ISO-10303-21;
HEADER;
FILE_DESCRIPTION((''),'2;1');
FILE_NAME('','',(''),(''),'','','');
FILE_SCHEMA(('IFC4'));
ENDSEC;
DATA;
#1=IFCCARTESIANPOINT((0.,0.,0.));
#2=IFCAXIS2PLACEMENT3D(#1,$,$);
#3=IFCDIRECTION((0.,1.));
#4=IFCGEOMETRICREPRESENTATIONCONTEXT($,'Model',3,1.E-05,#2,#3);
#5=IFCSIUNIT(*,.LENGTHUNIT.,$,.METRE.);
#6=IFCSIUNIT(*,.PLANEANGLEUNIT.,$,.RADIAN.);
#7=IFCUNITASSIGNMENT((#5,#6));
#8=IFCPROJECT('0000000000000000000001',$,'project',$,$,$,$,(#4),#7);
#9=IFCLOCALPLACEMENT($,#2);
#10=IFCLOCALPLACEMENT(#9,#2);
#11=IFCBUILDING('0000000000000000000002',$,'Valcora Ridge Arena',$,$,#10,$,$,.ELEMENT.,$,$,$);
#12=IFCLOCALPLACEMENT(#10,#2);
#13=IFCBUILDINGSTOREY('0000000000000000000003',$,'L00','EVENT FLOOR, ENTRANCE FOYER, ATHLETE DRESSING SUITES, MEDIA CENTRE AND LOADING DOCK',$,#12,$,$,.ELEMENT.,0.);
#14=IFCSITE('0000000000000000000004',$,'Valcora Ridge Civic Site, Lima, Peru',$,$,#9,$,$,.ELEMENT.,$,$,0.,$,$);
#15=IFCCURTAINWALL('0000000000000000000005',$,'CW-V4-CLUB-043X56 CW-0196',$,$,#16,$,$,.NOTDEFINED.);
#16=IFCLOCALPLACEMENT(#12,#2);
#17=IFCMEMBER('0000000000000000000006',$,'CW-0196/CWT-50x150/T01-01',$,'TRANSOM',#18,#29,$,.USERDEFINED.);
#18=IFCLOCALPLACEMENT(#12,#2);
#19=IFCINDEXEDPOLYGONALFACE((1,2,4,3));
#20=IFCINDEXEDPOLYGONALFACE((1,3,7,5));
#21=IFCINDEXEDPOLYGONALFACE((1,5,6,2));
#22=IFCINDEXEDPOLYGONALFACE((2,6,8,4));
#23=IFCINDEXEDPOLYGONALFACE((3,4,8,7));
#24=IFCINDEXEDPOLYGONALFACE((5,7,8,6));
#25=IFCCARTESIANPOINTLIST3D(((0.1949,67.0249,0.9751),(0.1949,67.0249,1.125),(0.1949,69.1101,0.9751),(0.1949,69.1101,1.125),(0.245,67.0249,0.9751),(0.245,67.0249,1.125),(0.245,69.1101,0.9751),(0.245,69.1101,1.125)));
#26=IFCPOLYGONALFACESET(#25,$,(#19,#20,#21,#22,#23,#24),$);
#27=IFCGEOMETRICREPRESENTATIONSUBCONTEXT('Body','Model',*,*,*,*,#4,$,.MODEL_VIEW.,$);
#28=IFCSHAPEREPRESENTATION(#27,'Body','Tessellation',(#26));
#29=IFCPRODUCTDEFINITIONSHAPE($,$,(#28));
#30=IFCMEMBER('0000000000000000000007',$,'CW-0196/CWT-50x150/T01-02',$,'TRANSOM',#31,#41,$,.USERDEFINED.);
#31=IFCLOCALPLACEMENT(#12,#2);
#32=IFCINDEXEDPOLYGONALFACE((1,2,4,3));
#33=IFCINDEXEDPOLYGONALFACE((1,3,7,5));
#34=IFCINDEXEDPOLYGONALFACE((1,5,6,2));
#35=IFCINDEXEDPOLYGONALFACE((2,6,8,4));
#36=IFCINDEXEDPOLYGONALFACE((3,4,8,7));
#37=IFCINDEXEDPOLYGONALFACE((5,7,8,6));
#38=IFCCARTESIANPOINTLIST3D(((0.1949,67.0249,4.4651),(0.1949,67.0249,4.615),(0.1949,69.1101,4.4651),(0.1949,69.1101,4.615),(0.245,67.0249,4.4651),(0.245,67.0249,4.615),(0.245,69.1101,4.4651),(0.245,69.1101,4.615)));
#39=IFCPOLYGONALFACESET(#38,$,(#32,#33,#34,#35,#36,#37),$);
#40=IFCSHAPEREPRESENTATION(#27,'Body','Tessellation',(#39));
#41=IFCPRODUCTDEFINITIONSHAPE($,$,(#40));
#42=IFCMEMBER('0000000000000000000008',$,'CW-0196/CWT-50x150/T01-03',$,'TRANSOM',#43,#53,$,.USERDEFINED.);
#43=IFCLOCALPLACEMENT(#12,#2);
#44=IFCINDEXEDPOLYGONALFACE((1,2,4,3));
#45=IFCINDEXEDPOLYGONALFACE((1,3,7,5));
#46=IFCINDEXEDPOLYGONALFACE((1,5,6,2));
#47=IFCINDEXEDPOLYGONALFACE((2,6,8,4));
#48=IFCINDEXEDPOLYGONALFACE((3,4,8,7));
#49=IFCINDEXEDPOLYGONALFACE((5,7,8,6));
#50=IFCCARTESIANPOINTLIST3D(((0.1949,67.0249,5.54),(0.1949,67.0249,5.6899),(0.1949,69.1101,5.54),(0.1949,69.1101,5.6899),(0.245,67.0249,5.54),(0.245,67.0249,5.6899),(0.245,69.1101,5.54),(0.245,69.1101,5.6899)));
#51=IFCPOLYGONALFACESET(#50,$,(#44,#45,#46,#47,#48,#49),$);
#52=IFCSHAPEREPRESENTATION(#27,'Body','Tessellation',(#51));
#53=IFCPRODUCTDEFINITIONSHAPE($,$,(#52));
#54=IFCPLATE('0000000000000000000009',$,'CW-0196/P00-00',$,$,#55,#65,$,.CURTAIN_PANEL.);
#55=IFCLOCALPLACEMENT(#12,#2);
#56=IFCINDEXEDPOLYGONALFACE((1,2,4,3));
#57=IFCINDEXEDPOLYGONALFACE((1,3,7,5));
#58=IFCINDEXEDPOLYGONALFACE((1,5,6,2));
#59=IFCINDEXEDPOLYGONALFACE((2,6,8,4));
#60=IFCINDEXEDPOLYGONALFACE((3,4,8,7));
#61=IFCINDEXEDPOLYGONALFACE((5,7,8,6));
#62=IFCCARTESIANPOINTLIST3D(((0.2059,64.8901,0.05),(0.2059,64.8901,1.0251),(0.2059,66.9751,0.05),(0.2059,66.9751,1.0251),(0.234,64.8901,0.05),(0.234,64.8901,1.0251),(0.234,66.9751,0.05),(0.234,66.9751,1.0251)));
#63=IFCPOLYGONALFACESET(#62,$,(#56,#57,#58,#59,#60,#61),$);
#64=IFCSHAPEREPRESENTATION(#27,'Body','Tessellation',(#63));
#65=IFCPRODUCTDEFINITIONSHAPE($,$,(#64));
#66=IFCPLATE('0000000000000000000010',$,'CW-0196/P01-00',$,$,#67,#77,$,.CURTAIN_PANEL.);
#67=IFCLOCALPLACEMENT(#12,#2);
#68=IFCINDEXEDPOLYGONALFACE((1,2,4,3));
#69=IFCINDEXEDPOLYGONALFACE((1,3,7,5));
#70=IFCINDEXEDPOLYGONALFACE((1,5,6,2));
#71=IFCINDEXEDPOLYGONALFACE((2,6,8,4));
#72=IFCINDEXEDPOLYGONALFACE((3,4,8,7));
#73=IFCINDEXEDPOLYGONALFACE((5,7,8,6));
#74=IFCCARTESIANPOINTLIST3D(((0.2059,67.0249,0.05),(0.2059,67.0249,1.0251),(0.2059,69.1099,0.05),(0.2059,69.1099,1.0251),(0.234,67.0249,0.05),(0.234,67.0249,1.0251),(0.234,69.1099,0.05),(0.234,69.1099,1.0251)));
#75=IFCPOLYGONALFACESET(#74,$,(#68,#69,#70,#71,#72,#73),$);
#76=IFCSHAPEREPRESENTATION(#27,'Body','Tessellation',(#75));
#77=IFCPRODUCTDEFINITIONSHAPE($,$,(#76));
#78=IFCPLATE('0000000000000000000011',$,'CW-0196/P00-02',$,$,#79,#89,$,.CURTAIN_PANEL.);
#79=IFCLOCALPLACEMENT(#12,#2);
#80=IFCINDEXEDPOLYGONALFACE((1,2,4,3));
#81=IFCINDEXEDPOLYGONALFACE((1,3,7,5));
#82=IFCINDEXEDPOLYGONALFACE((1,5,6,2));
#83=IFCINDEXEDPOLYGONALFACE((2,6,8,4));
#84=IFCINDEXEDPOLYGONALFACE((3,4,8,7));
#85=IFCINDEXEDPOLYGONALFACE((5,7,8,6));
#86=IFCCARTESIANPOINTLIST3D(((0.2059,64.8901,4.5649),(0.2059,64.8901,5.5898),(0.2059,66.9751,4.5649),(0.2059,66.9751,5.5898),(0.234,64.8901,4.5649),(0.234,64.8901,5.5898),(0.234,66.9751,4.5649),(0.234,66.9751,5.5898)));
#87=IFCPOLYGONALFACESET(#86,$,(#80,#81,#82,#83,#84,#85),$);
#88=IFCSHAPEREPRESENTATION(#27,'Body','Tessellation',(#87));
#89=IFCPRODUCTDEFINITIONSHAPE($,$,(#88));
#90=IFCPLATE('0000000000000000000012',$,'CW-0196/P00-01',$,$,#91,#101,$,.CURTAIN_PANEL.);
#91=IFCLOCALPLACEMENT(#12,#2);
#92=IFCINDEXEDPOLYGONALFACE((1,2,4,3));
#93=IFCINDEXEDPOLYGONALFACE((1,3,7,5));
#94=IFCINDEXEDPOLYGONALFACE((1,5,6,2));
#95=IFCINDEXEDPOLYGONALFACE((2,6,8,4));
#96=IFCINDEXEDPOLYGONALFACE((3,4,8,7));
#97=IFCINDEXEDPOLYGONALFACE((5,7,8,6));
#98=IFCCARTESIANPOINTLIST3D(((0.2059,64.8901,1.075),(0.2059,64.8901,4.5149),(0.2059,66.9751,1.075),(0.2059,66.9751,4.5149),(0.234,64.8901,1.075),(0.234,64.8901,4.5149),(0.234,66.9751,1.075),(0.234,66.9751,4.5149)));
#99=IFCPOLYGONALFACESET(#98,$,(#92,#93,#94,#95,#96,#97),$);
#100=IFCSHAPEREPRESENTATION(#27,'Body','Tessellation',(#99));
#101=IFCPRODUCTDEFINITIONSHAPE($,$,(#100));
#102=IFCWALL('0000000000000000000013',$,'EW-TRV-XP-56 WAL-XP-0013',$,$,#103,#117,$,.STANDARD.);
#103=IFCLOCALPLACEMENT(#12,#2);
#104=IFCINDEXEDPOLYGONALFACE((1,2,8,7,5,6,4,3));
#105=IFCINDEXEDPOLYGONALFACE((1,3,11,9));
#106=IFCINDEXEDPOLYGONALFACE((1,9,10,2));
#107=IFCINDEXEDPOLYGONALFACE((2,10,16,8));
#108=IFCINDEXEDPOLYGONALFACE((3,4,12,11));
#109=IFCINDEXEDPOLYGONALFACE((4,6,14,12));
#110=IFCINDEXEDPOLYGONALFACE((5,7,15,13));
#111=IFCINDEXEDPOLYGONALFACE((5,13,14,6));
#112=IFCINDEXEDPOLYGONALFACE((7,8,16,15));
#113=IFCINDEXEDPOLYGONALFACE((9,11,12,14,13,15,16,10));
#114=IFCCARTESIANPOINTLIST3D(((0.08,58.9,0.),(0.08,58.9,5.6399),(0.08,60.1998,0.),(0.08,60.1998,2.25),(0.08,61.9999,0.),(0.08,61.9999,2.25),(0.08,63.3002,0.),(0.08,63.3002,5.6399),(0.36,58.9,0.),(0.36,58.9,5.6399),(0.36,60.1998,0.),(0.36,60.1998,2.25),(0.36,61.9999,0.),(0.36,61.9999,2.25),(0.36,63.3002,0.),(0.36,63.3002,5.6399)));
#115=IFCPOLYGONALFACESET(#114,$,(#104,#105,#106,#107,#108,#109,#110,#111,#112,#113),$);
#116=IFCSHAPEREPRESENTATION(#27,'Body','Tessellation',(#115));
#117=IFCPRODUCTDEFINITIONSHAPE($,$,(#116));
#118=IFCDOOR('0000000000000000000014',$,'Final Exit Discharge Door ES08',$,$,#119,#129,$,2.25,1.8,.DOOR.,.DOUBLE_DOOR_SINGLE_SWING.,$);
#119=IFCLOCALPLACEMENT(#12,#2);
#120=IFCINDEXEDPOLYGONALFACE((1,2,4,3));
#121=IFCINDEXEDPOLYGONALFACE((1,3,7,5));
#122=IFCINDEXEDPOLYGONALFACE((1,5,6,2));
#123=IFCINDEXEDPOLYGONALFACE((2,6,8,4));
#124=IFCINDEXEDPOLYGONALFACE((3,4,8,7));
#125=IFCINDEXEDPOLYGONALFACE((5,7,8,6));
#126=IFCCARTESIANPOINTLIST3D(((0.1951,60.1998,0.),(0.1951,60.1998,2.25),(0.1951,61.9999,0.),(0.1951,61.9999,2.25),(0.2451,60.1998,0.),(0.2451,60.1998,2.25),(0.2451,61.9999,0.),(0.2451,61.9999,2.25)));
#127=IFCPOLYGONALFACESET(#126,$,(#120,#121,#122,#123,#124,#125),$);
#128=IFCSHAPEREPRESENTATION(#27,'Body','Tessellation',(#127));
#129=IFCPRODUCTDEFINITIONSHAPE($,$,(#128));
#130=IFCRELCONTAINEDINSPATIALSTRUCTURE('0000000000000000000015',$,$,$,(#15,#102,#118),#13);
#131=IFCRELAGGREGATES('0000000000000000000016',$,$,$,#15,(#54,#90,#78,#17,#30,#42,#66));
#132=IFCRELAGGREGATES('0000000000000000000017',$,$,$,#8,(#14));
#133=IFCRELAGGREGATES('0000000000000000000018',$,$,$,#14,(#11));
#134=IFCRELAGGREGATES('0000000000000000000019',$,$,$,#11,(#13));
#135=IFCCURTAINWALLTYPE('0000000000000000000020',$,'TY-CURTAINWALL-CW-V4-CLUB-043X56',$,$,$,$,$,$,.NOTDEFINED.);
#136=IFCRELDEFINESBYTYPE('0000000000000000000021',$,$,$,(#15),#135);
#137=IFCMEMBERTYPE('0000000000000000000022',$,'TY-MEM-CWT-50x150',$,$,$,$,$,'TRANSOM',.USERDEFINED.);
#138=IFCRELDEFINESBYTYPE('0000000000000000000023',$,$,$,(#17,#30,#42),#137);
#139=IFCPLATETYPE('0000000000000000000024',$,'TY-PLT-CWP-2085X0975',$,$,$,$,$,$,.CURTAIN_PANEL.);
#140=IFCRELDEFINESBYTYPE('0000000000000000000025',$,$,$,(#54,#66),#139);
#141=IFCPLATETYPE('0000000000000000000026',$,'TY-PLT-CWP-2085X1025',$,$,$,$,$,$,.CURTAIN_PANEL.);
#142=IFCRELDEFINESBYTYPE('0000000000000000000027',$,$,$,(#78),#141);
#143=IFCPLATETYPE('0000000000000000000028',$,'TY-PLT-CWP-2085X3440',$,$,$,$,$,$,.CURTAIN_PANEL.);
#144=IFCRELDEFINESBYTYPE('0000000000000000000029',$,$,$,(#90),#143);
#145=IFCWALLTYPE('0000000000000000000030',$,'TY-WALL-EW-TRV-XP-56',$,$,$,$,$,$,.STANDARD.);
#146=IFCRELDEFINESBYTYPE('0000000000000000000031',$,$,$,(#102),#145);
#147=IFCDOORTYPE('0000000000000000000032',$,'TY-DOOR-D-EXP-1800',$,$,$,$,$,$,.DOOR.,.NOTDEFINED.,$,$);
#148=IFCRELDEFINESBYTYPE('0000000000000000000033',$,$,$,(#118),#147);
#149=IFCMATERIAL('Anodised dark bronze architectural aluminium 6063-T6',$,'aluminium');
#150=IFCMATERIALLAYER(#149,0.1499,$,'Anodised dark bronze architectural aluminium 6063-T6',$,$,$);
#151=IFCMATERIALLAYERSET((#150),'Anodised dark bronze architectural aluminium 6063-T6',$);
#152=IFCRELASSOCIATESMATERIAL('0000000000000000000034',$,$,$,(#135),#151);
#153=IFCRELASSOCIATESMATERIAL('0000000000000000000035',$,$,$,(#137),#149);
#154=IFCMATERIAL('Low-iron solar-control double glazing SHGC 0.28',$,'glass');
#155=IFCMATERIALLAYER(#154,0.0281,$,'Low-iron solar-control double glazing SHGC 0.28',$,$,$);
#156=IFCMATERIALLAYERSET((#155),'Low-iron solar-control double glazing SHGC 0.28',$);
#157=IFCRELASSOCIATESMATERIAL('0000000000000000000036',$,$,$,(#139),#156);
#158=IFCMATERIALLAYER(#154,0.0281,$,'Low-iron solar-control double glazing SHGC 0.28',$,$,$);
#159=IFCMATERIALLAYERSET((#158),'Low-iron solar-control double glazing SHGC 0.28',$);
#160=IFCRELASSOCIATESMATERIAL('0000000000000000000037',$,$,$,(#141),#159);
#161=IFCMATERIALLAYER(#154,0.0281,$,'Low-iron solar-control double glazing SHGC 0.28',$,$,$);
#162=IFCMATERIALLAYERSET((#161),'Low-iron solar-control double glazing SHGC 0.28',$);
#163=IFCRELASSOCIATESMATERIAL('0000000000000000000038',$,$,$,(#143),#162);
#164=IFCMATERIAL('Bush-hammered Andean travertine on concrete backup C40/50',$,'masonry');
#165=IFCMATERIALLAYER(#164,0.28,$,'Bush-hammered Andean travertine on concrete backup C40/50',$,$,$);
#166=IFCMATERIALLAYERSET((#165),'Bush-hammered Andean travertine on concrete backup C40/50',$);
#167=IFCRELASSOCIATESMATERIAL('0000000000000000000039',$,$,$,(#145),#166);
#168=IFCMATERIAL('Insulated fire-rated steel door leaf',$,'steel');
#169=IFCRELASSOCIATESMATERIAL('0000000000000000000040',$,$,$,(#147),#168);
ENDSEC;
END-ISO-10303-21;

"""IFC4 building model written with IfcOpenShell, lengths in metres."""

from ifc_helpers import new_model, si_unit, direction, frame, frame_2d, origin, origin_2d, place, context, subcontext, project, spatial, rectangle, extrude, material, layer, layer_set, material_profile, profile_set, type_object, element, fill, aggregate, save


model = new_model("IFC4")

# Units and contexts
model_context = context("Model", 3, precision=1e-05, world=origin(), true_north=direction((0.0, 1.0)))
body_context = subcontext(model_context, "Body", "Model", "MODEL_VIEW")
ifc_project = project(units=[si_unit("LENGTHUNIT", "METRE"), si_unit("PLANEANGLEUNIT", "RADIAN")], contexts=[model_context])

# Site, building, storey
site_placement = place(None, origin())
site = spatial("IfcSite", under=ifc_project, at=site_placement, Name="Valcora Ridge Civic Site, Lima, Peru", CompositionType="ELEMENT", RefElevation=0.0)
building_placement = place(site_placement, origin())
building = spatial("IfcBuilding", under=site, at=building_placement, Name="Valcora Ridge Arena", CompositionType="ELEMENT")
storey_placement = place(building_placement, origin())
storey = spatial("IfcBuildingStorey", under=building, at=storey_placement, Name="L00", Description="EVENT FLOOR, ENTRANCE FOYER, ATHLETE DRESSING SUITES, MEDIA CENTRE AND LOADING DOCK", CompositionType="ELEMENT", Elevation=0.0)

# Curtain wall, members, plates
ifc_material_1 = material(Name="Anodised dark bronze architectural aluminium 6063-T6", Category="aluminium")
ifc_layer_1 = layer(ifc_material_1, 0.1499, Name="Anodised dark bronze architectural aluminium 6063-T6")
ifc_layer_set_1 = layer_set([ifc_layer_1], Name="Anodised dark bronze architectural aluminium 6063-T6")
curtain_wall_type = type_object("IfcCurtainWallType", Name="TY-CURTAINWALL-CW-V4-CLUB-043X56", PredefinedType="NOTDEFINED", material=ifc_layer_set_1)
curtain_wall_placement = place(storey_placement, origin())
curtain_wall = element("IfcCurtainWall", 1, at=curtain_wall_placement, inside=storey, type_object=curtain_wall_type, Name="CW-V4-CLUB-043X56 CW-0196", PredefinedType="NOTDEFINED")
ifc_material_profile_1 = material_profile(ifc_material_1, rectangle(XDim=0.05, YDim=0.1499, at=origin_2d()), Name="ALU TRANSOM 50x150")
ifc_profile_set_1 = profile_set([ifc_material_profile_1], Name="Anodised dark bronze architectural aluminium 6063-T6")
member_type_1 = type_object("IfcMemberType", Name="TY-MEM-CWT-50x150", ElementType="TRANSOM", PredefinedType="USERDEFINED", material=ifc_profile_set_1)
member_1_placement = place(storey_placement, frame((0.22, 67.0249, 1.05), z_axis=(0.0, 1.0, 0.0), x_axis=(-1.0, 0.0, 0.0)))
member_1 = element("IfcMember", 2, at=member_1_placement, type_object=member_type_1, Name="CW-0196/CWT-50x150/T01-01", ObjectType="TRANSOM", PredefinedType="USERDEFINED", context=body_context, shape_type="SweptSolid", body=[
    extrude(rectangle(XDim=0.05, YDim=0.1499, at=origin_2d()), origin(), (0.0, 0.0, 1.0), 2.0852),
])
member_2_placement = place(storey_placement, frame((0.22, 67.0249, 4.54), z_axis=(0.0, 1.0, 0.0), x_axis=(-1.0, 0.0, 0.0)))
member_2 = element("IfcMember", 3, at=member_2_placement, type_object=member_type_1, Name="CW-0196/CWT-50x150/T01-02", ObjectType="TRANSOM", PredefinedType="USERDEFINED", context=body_context, shape_type="SweptSolid", body=[
    extrude(rectangle(XDim=0.05, YDim=0.1499, at=origin_2d()), origin(), (0.0, 0.0, 1.0), 2.0852),
])
member_3_placement = place(storey_placement, frame((0.22, 67.0249, 5.615), z_axis=(0.0, 1.0, 0.0), x_axis=(-1.0, 0.0, 0.0)))
member_3 = element("IfcMember", 4, at=member_3_placement, type_object=member_type_1, Name="CW-0196/CWT-50x150/T01-03", ObjectType="TRANSOM", PredefinedType="USERDEFINED", context=body_context, shape_type="SweptSolid", body=[
    extrude(rectangle(XDim=0.05, YDim=0.1499, at=origin_2d()), origin(), (0.0, 0.0, 1.0), 2.0852),
])
ifc_material_2 = material(Name="Low-iron solar-control double glazing SHGC 0.28", Category="glass")
ifc_layer_2 = layer(ifc_material_2, 0.0281, Name="Low-iron solar-control double glazing SHGC 0.28")
ifc_layer_set_2 = layer_set([ifc_layer_2], Name="Low-iron solar-control double glazing SHGC 0.28")
plate_type_1 = type_object("IfcPlateType", Name="TY-PLT-CWP-2085X0975", PredefinedType="CURTAIN_PANEL", material=ifc_layer_set_2)
plate_1_placement = place(storey_placement, frame((0.22, 65.9326, 0.05), z_axis=(0.0, 0.0, 1.0), x_axis=(0.0, 1.0, 0.0)))
plate_1 = element("IfcPlate", 5, at=plate_1_placement, type_object=plate_type_1, Name="CW-0196/P00-00", PredefinedType="CURTAIN_PANEL", context=body_context, shape_type="SweptSolid", body=[
    extrude(rectangle(XDim=2.085, YDim=0.0281, at=origin_2d()), origin(), (0.0, 0.0, 1.0), 0.9751),
])
plate_2_placement = place(storey_placement, frame((0.22, 68.0674, 0.05), z_axis=(0.0, 0.0, 1.0), x_axis=(0.0, 1.0, 0.0)))
plate_2 = element("IfcPlate", 6, at=plate_2_placement, type_object=plate_type_1, Name="CW-0196/P01-00", PredefinedType="CURTAIN_PANEL", context=body_context, shape_type="SweptSolid", body=[
    extrude(rectangle(XDim=2.085, YDim=0.0281, at=origin_2d()), origin(), (0.0, 0.0, 1.0), 0.9751),
])
ifc_layer_3 = layer(ifc_material_2, 0.0281, Name="Low-iron solar-control double glazing SHGC 0.28")
ifc_layer_set_3 = layer_set([ifc_layer_3], Name="Low-iron solar-control double glazing SHGC 0.28")
plate_type_2 = type_object("IfcPlateType", Name="TY-PLT-CWP-2085X1025", PredefinedType="CURTAIN_PANEL", material=ifc_layer_set_3)
plate_3_placement = place(storey_placement, frame((0.22, 65.9326, 4.5649), z_axis=(0.0, 0.0, 1.0), x_axis=(0.0, 1.0, 0.0)))
plate_3 = element("IfcPlate", 7, at=plate_3_placement, type_object=plate_type_2, Name="CW-0196/P00-02", PredefinedType="CURTAIN_PANEL", context=body_context, shape_type="SweptSolid", body=[
    extrude(rectangle(XDim=2.085, YDim=0.0281, at=origin_2d()), origin(), (0.0, 0.0, 1.0), 1.0249),
])
ifc_layer_4 = layer(ifc_material_2, 0.0281, Name="Low-iron solar-control double glazing SHGC 0.28")
ifc_layer_set_4 = layer_set([ifc_layer_4], Name="Low-iron solar-control double glazing SHGC 0.28")
plate_type_3 = type_object("IfcPlateType", Name="TY-PLT-CWP-2085X3440", PredefinedType="CURTAIN_PANEL", material=ifc_layer_set_4)
plate_4_placement = place(storey_placement, frame((0.22, 65.9326, 1.075), z_axis=(0.0, 0.0, 1.0), x_axis=(0.0, 1.0, 0.0)))
plate_4 = element("IfcPlate", 8, at=plate_4_placement, type_object=plate_type_3, Name="CW-0196/P00-01", PredefinedType="CURTAIN_PANEL", context=body_context, shape_type="SweptSolid", body=[
    extrude(rectangle(XDim=2.085, YDim=0.0281, at=origin_2d()), origin(), (0.0, 0.0, 1.0), 3.4399),
])
aggregate(curtain_wall, [plate_1, plate_4, plate_3, member_1, member_2, member_3, plate_2])

# Wall, opening, door
ifc_material_3 = material(Name="Bush-hammered Andean travertine on concrete backup C40/50", Category="masonry")
ifc_layer_5 = layer(ifc_material_3, 0.28, Name="Bush-hammered Andean travertine on concrete backup C40/50")
ifc_layer_set_5 = layer_set([ifc_layer_5], Name="Bush-hammered Andean travertine on concrete backup C40/50")
wall_type = type_object("IfcWallType", Name="TY-WALL-EW-TRV-XP-56", PredefinedType="STANDARD", material=ifc_layer_set_5)
wall_placement = place(storey_placement, frame((0.22, 58.8999, 0.0), z_axis=(0.0, 0.0, 1.0), x_axis=(0.0, 1.0, 0.0)))
wall = element("IfcWall", 9, at=wall_placement, inside=storey, type_object=wall_type, Name="EW-TRV-XP-56 WAL-XP-0013", PredefinedType="STANDARD", context=body_context, shape_type="SweptSolid", body=[
    extrude(rectangle(XDim=4.4001, YDim=0.28, at=frame_2d((2.2002, 0.0))), origin(), (0.0, 0.0, 1.0), 5.6399),
])
opening_placement = place(wall_placement, frame((1.3, 0.0, 0.0)))
opening = element("IfcOpeningElement", 10, at=opening_placement, cuts=wall, PredefinedType="OPENING", context=body_context, shape_type="SweptSolid", body=[
    extrude(rectangle(XDim=1.8, YDim=2.25, at=frame_2d((0.8999, 1.125))), frame((0.0, 0.1499, 0.0), z_axis=(0.0, -1.0, 0.0), x_axis=(1.0, 0.0, 0.0)), (0.0, 0.0, 1.0), 0.3),
])
ifc_material_4 = material(Name="Insulated fire-rated steel door leaf", Category="steel")
door_type = type_object("IfcDoorType", Name="TY-DOOR-D-EXP-1800", OperationType="NOTDEFINED", PredefinedType="DOOR", material=ifc_material_4)
door_placement = place(opening_placement, origin())
door = element("IfcDoor", 11, at=door_placement, inside=storey, type_object=door_type, Name="Final Exit Discharge Door ES08", OperationType="DOUBLE_DOOR_SINGLE_SWING", OverallHeight=2.25, OverallWidth=1.8, PredefinedType="DOOR", context=body_context, shape_type="SweptSolid", body=[
    extrude(rectangle(XDim=1.8, YDim=2.25, at=frame_2d((0.8999, 1.125))), frame((0.0, 0.0249, 0.0), z_axis=(0.0, -1.0, 0.0), x_axis=(1.0, 0.0, 0.0)), (0.0, 0.0, 1.0), 0.05),
])
fill(opening, door)

save(model, "model.ifc")
